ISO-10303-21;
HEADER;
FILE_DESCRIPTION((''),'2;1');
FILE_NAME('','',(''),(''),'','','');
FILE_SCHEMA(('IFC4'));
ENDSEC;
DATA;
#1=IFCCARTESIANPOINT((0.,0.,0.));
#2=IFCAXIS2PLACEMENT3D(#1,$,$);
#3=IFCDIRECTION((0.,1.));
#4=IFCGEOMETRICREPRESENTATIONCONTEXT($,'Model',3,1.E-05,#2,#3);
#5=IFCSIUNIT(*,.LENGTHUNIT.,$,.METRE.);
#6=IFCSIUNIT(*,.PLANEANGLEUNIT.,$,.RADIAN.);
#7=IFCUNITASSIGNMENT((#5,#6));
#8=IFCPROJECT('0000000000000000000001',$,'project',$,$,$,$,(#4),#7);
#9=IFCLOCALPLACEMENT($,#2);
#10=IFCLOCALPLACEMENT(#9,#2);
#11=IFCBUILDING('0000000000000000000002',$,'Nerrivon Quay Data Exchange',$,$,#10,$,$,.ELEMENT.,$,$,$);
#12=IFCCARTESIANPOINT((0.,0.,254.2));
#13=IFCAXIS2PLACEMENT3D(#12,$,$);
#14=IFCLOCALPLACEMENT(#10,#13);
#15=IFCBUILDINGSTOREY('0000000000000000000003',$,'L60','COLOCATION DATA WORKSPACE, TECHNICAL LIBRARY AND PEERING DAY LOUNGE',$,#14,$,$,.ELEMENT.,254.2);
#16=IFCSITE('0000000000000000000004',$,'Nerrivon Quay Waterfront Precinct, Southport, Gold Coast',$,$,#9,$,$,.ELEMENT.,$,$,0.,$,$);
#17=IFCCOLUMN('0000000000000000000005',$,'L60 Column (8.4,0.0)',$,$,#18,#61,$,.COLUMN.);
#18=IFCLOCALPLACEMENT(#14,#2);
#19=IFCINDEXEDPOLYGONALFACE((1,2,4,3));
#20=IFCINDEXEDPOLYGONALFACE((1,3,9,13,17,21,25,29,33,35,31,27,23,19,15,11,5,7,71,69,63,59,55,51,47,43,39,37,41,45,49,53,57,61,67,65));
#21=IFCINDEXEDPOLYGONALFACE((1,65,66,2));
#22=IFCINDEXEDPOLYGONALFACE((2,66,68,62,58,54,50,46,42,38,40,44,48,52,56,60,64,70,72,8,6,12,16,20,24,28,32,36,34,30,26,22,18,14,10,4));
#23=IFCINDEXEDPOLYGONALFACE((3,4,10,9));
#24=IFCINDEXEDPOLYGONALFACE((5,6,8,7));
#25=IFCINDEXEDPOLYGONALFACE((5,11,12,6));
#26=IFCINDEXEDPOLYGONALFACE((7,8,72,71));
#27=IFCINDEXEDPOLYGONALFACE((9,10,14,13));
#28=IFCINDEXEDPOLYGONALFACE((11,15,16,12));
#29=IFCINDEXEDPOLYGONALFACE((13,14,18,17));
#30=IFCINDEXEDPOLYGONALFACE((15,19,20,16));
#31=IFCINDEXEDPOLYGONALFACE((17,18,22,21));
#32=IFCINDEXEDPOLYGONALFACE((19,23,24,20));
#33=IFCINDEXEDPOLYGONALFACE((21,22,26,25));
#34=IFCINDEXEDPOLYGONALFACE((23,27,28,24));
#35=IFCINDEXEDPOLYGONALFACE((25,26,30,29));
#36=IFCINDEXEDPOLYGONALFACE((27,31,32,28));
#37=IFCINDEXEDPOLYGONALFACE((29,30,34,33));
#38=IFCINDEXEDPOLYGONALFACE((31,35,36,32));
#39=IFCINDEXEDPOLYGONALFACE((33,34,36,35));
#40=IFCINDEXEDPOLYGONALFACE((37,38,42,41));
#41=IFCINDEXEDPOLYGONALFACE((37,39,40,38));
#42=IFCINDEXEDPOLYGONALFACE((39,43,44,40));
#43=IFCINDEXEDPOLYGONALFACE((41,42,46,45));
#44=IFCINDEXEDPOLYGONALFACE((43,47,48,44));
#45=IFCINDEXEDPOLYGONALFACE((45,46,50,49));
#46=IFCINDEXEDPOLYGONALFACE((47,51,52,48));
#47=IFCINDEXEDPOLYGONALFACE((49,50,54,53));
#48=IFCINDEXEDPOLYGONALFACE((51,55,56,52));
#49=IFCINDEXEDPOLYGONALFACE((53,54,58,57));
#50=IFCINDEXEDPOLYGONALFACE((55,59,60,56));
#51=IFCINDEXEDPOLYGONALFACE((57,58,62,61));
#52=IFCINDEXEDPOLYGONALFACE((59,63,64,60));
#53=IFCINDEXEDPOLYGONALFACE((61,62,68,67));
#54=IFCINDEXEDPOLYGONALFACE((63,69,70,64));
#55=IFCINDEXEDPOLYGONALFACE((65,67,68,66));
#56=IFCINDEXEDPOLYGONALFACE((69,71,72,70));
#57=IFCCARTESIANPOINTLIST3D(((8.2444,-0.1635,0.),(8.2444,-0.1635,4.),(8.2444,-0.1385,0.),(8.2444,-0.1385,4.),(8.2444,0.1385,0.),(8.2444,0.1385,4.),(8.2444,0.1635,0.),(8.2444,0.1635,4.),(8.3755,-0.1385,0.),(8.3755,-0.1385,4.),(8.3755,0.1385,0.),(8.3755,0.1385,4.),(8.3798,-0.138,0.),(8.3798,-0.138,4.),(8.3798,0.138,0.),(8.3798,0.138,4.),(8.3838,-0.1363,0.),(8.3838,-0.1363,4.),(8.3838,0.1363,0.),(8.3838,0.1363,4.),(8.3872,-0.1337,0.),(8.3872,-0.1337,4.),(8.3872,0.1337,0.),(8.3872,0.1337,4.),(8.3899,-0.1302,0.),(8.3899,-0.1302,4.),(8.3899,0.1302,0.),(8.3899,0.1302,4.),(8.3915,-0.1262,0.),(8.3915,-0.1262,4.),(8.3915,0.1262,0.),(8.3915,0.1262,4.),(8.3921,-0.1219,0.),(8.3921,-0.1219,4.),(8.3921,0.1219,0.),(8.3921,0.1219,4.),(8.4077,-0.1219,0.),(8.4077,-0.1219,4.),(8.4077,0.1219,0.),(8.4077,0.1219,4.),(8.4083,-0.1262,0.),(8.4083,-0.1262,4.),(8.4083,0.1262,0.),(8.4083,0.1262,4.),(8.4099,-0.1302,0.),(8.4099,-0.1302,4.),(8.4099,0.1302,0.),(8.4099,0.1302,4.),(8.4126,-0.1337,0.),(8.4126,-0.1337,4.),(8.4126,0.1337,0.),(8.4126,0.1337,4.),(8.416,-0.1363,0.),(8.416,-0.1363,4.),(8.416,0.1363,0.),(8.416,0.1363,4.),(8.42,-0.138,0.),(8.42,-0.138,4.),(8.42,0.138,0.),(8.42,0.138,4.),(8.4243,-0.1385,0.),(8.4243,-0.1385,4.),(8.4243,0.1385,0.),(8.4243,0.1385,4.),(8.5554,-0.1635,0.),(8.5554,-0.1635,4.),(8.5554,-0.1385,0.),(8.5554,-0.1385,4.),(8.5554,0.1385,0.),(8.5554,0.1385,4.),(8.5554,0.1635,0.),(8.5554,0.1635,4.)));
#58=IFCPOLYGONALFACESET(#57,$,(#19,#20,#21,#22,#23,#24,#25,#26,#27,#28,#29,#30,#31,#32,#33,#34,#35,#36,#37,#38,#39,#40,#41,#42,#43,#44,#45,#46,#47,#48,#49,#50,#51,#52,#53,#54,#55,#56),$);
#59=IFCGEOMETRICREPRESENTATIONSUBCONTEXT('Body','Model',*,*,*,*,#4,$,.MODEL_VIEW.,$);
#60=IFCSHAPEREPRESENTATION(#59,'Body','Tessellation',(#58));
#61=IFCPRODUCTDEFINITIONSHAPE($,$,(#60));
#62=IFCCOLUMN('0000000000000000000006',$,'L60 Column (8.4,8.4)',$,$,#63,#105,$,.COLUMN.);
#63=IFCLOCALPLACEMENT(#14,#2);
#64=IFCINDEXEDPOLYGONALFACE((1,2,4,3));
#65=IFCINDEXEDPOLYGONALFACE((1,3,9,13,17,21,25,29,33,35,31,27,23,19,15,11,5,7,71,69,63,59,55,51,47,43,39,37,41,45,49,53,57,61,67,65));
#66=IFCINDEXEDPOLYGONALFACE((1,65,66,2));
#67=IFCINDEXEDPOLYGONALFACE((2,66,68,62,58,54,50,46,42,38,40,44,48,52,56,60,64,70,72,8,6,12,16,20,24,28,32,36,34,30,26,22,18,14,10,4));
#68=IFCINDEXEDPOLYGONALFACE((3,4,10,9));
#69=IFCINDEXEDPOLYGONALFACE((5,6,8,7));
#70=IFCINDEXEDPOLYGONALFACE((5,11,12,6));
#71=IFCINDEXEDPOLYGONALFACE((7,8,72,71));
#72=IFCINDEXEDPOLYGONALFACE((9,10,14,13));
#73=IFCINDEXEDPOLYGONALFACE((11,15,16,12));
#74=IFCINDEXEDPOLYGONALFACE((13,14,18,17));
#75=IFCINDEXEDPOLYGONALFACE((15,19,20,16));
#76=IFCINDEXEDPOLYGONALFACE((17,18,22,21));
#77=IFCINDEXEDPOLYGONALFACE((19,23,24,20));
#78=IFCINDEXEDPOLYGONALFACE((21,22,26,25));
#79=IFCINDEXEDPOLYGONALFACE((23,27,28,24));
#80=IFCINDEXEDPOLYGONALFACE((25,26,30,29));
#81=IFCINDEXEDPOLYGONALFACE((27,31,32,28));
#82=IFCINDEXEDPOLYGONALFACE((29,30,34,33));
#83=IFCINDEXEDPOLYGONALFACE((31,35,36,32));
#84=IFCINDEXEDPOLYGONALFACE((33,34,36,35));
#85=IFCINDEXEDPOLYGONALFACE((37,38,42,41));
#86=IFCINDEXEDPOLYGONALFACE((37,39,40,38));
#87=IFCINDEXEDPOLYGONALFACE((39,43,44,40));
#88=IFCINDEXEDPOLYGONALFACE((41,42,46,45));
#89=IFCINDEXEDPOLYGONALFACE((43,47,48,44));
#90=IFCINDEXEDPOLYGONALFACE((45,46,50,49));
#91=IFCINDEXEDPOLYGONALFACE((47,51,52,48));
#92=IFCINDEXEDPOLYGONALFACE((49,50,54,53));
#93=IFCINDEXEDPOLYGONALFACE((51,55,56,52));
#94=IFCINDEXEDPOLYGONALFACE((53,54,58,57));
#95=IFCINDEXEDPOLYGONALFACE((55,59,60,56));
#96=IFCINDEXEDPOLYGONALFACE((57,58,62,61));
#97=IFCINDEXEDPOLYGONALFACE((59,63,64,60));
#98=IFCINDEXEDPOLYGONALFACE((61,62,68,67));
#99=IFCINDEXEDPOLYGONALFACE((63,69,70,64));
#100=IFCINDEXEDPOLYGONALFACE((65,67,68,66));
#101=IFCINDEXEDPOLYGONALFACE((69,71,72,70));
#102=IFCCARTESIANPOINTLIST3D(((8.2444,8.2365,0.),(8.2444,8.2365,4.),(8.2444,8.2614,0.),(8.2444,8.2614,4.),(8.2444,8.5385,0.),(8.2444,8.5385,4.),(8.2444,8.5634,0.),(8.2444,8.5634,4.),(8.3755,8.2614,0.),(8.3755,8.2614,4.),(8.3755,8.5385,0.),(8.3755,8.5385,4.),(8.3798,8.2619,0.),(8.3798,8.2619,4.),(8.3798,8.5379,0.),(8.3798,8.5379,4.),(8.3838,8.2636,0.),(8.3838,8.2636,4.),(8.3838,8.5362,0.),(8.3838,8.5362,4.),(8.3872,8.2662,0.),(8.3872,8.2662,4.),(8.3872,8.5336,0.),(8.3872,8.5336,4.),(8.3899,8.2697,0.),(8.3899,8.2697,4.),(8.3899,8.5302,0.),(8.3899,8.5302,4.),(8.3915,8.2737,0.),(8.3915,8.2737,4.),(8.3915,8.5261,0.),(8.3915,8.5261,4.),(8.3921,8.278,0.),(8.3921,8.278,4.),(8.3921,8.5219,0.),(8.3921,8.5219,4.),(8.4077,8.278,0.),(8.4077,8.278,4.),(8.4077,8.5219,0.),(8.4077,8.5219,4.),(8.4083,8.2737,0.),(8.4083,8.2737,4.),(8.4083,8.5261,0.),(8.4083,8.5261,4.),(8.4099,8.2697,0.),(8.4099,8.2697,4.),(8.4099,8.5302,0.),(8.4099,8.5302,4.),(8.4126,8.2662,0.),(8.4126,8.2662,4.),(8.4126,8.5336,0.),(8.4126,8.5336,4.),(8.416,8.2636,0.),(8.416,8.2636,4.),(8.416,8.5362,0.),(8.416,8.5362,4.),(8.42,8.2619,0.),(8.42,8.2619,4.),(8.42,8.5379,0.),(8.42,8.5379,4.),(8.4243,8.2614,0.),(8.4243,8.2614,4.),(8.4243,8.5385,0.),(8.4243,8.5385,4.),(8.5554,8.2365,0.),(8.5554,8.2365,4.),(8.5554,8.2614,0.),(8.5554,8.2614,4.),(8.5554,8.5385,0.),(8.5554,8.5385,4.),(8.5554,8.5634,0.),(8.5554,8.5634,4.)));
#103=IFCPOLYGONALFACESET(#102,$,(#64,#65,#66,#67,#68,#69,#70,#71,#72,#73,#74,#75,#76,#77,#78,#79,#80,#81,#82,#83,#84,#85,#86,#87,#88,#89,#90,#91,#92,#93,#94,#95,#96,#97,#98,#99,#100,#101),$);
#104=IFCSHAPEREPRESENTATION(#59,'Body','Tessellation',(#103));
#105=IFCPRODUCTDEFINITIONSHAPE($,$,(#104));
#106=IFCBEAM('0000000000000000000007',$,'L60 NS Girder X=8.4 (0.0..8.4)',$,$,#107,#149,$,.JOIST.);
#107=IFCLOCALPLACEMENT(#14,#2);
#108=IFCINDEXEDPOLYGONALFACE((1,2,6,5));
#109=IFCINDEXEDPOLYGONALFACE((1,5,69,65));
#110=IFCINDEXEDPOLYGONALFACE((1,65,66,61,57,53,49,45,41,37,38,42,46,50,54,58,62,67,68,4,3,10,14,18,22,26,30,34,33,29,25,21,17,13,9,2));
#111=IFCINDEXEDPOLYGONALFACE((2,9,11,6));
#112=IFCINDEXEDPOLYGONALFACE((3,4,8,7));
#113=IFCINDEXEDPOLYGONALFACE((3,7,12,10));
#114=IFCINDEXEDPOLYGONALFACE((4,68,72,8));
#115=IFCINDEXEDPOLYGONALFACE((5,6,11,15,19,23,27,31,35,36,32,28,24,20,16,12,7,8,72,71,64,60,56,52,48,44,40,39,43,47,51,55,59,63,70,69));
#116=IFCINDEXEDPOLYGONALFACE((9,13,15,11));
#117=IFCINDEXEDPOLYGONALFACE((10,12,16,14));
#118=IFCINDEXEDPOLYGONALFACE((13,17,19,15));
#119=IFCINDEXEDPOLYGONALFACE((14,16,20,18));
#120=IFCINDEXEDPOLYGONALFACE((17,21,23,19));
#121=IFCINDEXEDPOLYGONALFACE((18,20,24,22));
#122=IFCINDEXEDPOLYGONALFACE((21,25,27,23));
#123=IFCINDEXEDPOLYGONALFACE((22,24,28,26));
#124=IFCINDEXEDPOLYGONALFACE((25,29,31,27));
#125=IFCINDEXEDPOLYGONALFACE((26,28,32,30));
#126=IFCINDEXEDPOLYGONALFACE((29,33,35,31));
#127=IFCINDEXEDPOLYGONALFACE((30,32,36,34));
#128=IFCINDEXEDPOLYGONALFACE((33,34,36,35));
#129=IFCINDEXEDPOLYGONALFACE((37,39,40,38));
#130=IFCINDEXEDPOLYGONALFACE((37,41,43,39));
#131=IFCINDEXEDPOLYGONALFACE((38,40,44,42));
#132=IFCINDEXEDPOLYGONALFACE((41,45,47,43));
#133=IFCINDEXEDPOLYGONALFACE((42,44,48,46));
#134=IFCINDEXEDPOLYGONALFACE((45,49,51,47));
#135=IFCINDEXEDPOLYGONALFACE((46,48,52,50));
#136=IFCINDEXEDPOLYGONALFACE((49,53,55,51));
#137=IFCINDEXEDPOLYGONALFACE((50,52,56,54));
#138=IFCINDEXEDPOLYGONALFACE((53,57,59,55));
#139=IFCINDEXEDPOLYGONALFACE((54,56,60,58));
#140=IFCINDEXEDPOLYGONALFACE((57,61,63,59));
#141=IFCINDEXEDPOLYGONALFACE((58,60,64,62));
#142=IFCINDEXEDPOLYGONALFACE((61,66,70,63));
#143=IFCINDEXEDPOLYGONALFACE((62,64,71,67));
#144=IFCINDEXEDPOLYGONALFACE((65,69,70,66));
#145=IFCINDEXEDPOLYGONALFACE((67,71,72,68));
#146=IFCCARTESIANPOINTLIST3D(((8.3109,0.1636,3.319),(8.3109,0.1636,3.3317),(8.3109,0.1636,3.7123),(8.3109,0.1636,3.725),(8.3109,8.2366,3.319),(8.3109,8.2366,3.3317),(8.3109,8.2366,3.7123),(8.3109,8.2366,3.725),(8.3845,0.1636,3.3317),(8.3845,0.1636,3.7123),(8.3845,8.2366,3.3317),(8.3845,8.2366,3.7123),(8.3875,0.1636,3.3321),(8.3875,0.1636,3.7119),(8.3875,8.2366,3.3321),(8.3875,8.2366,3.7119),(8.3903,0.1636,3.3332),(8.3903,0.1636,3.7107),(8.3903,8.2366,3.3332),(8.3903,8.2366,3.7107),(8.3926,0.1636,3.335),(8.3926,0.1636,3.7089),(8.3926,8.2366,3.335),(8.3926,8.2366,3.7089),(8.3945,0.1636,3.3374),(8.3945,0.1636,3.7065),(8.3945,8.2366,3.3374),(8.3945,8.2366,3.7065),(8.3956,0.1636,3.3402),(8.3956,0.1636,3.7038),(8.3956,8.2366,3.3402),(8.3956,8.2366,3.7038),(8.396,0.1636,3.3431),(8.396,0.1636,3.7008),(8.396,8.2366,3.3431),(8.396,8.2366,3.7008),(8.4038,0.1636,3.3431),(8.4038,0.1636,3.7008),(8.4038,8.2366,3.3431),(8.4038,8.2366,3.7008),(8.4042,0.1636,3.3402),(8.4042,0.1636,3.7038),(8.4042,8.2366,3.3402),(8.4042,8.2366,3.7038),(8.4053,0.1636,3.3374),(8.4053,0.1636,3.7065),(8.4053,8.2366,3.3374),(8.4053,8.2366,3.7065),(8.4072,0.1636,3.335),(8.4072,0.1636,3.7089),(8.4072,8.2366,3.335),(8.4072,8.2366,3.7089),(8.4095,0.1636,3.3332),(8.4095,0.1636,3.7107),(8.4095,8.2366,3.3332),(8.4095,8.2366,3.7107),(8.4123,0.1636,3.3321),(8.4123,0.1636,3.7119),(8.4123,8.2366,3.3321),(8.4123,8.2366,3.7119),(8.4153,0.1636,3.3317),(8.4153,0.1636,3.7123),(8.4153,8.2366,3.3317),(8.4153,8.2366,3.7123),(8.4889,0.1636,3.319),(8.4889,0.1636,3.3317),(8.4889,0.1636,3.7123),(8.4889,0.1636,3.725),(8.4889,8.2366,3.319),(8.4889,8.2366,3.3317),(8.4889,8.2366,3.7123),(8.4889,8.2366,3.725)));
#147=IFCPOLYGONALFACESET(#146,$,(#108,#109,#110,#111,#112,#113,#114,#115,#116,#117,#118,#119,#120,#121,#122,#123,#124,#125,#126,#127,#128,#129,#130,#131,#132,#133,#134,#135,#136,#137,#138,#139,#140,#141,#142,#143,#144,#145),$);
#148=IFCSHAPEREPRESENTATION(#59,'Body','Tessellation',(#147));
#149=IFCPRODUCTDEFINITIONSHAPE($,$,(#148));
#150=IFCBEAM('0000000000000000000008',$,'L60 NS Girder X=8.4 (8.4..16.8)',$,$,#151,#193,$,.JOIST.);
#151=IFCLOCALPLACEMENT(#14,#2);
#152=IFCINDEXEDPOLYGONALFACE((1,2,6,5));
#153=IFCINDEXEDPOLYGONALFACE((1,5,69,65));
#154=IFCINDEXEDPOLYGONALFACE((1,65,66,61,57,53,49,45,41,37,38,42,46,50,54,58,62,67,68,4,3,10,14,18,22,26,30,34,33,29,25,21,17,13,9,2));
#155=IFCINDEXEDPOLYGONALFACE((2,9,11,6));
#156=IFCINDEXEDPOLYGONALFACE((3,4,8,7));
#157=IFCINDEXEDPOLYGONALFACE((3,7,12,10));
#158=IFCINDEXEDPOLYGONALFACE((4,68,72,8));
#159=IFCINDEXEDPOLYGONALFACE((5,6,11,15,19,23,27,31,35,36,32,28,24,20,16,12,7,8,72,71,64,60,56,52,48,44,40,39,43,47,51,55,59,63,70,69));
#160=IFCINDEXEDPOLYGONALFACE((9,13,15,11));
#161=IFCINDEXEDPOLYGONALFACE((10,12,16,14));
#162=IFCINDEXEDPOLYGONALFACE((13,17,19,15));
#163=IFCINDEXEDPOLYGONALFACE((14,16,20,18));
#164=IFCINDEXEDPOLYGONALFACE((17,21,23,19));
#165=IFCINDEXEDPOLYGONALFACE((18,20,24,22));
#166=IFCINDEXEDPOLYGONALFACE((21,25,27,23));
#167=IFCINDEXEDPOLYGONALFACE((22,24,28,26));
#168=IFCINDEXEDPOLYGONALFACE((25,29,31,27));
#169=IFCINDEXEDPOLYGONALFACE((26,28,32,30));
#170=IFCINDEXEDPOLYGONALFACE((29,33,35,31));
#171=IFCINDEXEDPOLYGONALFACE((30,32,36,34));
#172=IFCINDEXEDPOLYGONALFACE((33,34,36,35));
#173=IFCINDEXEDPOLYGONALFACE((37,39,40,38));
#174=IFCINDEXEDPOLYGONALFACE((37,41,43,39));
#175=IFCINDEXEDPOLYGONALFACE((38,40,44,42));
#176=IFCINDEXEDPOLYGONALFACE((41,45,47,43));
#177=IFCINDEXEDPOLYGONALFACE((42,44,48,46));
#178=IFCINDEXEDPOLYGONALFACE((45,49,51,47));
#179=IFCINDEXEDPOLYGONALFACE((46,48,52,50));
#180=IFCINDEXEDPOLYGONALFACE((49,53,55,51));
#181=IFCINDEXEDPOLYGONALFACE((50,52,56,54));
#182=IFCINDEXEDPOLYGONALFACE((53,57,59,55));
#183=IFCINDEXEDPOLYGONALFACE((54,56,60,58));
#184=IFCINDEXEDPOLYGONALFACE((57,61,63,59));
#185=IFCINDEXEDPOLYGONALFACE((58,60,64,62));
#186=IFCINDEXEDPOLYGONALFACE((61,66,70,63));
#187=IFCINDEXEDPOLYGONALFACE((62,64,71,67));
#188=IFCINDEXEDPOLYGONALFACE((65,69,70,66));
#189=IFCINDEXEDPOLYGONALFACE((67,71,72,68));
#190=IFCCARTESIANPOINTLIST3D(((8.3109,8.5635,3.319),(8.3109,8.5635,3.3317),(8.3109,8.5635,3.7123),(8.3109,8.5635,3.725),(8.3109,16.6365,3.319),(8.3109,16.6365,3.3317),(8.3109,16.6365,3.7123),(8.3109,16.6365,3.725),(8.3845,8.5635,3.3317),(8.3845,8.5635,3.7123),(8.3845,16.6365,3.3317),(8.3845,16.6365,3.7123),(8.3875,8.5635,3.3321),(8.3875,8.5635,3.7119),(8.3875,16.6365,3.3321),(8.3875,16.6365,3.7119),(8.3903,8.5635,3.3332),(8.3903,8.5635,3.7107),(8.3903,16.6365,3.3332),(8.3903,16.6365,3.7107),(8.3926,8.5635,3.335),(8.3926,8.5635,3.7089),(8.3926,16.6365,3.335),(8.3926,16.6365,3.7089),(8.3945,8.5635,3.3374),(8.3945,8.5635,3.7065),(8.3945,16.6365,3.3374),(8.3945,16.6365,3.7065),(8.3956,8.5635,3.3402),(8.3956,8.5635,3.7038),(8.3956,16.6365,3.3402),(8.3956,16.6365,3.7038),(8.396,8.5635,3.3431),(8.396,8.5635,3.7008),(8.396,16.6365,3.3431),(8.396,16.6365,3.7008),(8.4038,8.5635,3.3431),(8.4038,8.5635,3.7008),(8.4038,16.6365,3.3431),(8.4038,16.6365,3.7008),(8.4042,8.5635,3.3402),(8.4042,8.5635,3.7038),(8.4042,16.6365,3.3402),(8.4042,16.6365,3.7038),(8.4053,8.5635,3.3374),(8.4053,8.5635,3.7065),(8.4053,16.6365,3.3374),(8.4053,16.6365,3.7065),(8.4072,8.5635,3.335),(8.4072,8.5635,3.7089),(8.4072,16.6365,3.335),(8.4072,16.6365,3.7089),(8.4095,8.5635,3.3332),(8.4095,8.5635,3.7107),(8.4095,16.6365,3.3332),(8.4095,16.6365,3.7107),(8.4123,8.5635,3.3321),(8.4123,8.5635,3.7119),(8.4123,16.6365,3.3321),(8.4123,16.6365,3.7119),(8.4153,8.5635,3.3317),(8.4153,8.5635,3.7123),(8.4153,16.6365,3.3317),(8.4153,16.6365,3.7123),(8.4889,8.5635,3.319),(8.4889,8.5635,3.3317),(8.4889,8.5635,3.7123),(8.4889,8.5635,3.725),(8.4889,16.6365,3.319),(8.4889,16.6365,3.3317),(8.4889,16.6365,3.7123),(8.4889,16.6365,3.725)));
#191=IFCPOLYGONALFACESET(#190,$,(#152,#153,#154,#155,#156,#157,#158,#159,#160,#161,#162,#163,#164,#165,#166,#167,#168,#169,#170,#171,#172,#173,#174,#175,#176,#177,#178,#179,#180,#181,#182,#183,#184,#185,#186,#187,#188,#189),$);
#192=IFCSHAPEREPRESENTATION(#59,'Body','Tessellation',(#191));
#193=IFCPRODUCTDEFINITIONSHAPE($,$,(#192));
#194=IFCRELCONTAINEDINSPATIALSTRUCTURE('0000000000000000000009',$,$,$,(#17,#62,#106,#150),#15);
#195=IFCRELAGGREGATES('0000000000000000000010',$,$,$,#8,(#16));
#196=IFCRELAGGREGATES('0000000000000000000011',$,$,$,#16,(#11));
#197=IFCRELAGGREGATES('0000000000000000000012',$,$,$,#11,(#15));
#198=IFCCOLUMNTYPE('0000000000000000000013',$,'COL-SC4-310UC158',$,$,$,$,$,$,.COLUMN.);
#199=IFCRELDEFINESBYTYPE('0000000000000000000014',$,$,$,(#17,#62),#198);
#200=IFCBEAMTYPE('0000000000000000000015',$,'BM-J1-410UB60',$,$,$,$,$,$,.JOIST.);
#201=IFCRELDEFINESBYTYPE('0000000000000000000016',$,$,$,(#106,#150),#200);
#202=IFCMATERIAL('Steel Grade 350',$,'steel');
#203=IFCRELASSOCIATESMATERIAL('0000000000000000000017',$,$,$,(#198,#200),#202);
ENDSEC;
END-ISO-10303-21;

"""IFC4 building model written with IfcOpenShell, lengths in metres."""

from ifc_helpers import new_model, si_unit, direction, frame, origin, origin_2d, place, context, subcontext, project, spatial, i_section, extrude, material, material_profile, profile_set, type_object, element, save


model = new_model("IFC4")

# Units and contexts
model_context = context("Model", 3, precision=1e-05, world=origin(), true_north=direction((0.0, 1.0)))
body_context = subcontext(model_context, "Body", "Model", "MODEL_VIEW")
ifc_project = project(units=[si_unit("LENGTHUNIT", "METRE"), si_unit("PLANEANGLEUNIT", "RADIAN")], contexts=[model_context])

# Site, building, storey
site_placement = place(None, origin())
site = spatial("IfcSite", under=ifc_project, at=site_placement, Name="Nerrivon Quay Waterfront Precinct, Southport, Gold Coast", CompositionType="ELEMENT", RefElevation=0.0)
building_placement = place(site_placement, origin())
building = spatial("IfcBuilding", under=site, at=building_placement, Name="Nerrivon Quay Data Exchange", CompositionType="ELEMENT")
storey_placement = place(building_placement, frame((0.0, 0.0, 254.2)))
storey = spatial("IfcBuildingStorey", under=building, at=storey_placement, Name="L60", Description="COLOCATION DATA WORKSPACE, TECHNICAL LIBRARY AND PEERING DAY LOUNGE", CompositionType="ELEMENT", Elevation=254.2)

# Columns
ifc_material_1 = material(Name="Steel Grade 350", Category="steel")
ifc_material_profile_1 = material_profile(ifc_material_1, i_section(OverallWidth=0.311, OverallDepth=0.3269, WebThickness=0.0156, FlangeThickness=0.0249, FilletRadius=0.0166, at=origin_2d()), Name="310UC158")
ifc_profile_set_1 = profile_set([ifc_material_profile_1], Name="Steel Grade 350")
column_type = type_object("IfcColumnType", Name="COL-SC4-310UC158", PredefinedType="COLUMN", material=ifc_profile_set_1)
for number, where, z_axis, x_axis, name in (
    (1, (8.3999, 0.0, 0.0), (0.0, 0.0, 1.0), (1.0, 0.0, 0.0), "L60 Column (8.4,0.0)"),
    (2, (8.3999, 8.3999, 0.0), (0.0, 0.0, 1.0), (1.0, 0.0, 0.0), "L60 Column (8.4,8.4)"),
):
    element("IfcColumn", number, at=place(storey_placement, frame(where, z_axis=z_axis, x_axis=x_axis)), inside=storey, type_object=column_type, Name=name, PredefinedType="COLUMN", context=body_context, shape_type="SweptSolid", body=[
        extrude(i_section(OverallWidth=0.311, OverallDepth=0.3269, WebThickness=0.0156, FlangeThickness=0.0249, FilletRadius=0.0166, at=origin_2d()), origin(), (0.0, 0.0, 1.0), 4.0),
    ])

# Beams
ifc_material_profile_2 = material_profile(ifc_material_1, i_section(OverallWidth=0.178, OverallDepth=0.406, WebThickness=0.0078, FlangeThickness=0.0127, FilletRadius=0.0115, at=origin_2d()), Name="410UB59.7")
ifc_profile_set_2 = profile_set([ifc_material_profile_2], Name="Steel Grade 350")
beam_type_1 = type_object("IfcBeamType", Name="BM-J1-410UB60", PredefinedType="JOIST", material=ifc_profile_set_2)
for number, where, z_axis, x_axis, name in (
    (3, (8.3999, 0.1636, 3.522), (0.0, 1.0, 0.0), (-1.0, 0.0, 0.0), "L60 NS Girder X=8.4 (0.0..8.4)"),
    (4, (8.3999, 8.5635, 3.522), (0.0, 1.0, 0.0), (-1.0, 0.0, 0.0), "L60 NS Girder X=8.4 (8.4..16.8)"),
):
    element("IfcBeam", number, at=place(storey_placement, frame(where, z_axis=z_axis, x_axis=x_axis)), inside=storey, type_object=beam_type_1, Name=name, PredefinedType="JOIST", context=body_context, shape_type="SweptSolid", body=[
        extrude(i_section(OverallWidth=0.178, OverallDepth=0.406, WebThickness=0.0078, FlangeThickness=0.0127, FilletRadius=0.0115, at=origin_2d()), origin(), (0.0, 0.0, 1.0), 8.073),
    ])

save(model, "model.ifc")
